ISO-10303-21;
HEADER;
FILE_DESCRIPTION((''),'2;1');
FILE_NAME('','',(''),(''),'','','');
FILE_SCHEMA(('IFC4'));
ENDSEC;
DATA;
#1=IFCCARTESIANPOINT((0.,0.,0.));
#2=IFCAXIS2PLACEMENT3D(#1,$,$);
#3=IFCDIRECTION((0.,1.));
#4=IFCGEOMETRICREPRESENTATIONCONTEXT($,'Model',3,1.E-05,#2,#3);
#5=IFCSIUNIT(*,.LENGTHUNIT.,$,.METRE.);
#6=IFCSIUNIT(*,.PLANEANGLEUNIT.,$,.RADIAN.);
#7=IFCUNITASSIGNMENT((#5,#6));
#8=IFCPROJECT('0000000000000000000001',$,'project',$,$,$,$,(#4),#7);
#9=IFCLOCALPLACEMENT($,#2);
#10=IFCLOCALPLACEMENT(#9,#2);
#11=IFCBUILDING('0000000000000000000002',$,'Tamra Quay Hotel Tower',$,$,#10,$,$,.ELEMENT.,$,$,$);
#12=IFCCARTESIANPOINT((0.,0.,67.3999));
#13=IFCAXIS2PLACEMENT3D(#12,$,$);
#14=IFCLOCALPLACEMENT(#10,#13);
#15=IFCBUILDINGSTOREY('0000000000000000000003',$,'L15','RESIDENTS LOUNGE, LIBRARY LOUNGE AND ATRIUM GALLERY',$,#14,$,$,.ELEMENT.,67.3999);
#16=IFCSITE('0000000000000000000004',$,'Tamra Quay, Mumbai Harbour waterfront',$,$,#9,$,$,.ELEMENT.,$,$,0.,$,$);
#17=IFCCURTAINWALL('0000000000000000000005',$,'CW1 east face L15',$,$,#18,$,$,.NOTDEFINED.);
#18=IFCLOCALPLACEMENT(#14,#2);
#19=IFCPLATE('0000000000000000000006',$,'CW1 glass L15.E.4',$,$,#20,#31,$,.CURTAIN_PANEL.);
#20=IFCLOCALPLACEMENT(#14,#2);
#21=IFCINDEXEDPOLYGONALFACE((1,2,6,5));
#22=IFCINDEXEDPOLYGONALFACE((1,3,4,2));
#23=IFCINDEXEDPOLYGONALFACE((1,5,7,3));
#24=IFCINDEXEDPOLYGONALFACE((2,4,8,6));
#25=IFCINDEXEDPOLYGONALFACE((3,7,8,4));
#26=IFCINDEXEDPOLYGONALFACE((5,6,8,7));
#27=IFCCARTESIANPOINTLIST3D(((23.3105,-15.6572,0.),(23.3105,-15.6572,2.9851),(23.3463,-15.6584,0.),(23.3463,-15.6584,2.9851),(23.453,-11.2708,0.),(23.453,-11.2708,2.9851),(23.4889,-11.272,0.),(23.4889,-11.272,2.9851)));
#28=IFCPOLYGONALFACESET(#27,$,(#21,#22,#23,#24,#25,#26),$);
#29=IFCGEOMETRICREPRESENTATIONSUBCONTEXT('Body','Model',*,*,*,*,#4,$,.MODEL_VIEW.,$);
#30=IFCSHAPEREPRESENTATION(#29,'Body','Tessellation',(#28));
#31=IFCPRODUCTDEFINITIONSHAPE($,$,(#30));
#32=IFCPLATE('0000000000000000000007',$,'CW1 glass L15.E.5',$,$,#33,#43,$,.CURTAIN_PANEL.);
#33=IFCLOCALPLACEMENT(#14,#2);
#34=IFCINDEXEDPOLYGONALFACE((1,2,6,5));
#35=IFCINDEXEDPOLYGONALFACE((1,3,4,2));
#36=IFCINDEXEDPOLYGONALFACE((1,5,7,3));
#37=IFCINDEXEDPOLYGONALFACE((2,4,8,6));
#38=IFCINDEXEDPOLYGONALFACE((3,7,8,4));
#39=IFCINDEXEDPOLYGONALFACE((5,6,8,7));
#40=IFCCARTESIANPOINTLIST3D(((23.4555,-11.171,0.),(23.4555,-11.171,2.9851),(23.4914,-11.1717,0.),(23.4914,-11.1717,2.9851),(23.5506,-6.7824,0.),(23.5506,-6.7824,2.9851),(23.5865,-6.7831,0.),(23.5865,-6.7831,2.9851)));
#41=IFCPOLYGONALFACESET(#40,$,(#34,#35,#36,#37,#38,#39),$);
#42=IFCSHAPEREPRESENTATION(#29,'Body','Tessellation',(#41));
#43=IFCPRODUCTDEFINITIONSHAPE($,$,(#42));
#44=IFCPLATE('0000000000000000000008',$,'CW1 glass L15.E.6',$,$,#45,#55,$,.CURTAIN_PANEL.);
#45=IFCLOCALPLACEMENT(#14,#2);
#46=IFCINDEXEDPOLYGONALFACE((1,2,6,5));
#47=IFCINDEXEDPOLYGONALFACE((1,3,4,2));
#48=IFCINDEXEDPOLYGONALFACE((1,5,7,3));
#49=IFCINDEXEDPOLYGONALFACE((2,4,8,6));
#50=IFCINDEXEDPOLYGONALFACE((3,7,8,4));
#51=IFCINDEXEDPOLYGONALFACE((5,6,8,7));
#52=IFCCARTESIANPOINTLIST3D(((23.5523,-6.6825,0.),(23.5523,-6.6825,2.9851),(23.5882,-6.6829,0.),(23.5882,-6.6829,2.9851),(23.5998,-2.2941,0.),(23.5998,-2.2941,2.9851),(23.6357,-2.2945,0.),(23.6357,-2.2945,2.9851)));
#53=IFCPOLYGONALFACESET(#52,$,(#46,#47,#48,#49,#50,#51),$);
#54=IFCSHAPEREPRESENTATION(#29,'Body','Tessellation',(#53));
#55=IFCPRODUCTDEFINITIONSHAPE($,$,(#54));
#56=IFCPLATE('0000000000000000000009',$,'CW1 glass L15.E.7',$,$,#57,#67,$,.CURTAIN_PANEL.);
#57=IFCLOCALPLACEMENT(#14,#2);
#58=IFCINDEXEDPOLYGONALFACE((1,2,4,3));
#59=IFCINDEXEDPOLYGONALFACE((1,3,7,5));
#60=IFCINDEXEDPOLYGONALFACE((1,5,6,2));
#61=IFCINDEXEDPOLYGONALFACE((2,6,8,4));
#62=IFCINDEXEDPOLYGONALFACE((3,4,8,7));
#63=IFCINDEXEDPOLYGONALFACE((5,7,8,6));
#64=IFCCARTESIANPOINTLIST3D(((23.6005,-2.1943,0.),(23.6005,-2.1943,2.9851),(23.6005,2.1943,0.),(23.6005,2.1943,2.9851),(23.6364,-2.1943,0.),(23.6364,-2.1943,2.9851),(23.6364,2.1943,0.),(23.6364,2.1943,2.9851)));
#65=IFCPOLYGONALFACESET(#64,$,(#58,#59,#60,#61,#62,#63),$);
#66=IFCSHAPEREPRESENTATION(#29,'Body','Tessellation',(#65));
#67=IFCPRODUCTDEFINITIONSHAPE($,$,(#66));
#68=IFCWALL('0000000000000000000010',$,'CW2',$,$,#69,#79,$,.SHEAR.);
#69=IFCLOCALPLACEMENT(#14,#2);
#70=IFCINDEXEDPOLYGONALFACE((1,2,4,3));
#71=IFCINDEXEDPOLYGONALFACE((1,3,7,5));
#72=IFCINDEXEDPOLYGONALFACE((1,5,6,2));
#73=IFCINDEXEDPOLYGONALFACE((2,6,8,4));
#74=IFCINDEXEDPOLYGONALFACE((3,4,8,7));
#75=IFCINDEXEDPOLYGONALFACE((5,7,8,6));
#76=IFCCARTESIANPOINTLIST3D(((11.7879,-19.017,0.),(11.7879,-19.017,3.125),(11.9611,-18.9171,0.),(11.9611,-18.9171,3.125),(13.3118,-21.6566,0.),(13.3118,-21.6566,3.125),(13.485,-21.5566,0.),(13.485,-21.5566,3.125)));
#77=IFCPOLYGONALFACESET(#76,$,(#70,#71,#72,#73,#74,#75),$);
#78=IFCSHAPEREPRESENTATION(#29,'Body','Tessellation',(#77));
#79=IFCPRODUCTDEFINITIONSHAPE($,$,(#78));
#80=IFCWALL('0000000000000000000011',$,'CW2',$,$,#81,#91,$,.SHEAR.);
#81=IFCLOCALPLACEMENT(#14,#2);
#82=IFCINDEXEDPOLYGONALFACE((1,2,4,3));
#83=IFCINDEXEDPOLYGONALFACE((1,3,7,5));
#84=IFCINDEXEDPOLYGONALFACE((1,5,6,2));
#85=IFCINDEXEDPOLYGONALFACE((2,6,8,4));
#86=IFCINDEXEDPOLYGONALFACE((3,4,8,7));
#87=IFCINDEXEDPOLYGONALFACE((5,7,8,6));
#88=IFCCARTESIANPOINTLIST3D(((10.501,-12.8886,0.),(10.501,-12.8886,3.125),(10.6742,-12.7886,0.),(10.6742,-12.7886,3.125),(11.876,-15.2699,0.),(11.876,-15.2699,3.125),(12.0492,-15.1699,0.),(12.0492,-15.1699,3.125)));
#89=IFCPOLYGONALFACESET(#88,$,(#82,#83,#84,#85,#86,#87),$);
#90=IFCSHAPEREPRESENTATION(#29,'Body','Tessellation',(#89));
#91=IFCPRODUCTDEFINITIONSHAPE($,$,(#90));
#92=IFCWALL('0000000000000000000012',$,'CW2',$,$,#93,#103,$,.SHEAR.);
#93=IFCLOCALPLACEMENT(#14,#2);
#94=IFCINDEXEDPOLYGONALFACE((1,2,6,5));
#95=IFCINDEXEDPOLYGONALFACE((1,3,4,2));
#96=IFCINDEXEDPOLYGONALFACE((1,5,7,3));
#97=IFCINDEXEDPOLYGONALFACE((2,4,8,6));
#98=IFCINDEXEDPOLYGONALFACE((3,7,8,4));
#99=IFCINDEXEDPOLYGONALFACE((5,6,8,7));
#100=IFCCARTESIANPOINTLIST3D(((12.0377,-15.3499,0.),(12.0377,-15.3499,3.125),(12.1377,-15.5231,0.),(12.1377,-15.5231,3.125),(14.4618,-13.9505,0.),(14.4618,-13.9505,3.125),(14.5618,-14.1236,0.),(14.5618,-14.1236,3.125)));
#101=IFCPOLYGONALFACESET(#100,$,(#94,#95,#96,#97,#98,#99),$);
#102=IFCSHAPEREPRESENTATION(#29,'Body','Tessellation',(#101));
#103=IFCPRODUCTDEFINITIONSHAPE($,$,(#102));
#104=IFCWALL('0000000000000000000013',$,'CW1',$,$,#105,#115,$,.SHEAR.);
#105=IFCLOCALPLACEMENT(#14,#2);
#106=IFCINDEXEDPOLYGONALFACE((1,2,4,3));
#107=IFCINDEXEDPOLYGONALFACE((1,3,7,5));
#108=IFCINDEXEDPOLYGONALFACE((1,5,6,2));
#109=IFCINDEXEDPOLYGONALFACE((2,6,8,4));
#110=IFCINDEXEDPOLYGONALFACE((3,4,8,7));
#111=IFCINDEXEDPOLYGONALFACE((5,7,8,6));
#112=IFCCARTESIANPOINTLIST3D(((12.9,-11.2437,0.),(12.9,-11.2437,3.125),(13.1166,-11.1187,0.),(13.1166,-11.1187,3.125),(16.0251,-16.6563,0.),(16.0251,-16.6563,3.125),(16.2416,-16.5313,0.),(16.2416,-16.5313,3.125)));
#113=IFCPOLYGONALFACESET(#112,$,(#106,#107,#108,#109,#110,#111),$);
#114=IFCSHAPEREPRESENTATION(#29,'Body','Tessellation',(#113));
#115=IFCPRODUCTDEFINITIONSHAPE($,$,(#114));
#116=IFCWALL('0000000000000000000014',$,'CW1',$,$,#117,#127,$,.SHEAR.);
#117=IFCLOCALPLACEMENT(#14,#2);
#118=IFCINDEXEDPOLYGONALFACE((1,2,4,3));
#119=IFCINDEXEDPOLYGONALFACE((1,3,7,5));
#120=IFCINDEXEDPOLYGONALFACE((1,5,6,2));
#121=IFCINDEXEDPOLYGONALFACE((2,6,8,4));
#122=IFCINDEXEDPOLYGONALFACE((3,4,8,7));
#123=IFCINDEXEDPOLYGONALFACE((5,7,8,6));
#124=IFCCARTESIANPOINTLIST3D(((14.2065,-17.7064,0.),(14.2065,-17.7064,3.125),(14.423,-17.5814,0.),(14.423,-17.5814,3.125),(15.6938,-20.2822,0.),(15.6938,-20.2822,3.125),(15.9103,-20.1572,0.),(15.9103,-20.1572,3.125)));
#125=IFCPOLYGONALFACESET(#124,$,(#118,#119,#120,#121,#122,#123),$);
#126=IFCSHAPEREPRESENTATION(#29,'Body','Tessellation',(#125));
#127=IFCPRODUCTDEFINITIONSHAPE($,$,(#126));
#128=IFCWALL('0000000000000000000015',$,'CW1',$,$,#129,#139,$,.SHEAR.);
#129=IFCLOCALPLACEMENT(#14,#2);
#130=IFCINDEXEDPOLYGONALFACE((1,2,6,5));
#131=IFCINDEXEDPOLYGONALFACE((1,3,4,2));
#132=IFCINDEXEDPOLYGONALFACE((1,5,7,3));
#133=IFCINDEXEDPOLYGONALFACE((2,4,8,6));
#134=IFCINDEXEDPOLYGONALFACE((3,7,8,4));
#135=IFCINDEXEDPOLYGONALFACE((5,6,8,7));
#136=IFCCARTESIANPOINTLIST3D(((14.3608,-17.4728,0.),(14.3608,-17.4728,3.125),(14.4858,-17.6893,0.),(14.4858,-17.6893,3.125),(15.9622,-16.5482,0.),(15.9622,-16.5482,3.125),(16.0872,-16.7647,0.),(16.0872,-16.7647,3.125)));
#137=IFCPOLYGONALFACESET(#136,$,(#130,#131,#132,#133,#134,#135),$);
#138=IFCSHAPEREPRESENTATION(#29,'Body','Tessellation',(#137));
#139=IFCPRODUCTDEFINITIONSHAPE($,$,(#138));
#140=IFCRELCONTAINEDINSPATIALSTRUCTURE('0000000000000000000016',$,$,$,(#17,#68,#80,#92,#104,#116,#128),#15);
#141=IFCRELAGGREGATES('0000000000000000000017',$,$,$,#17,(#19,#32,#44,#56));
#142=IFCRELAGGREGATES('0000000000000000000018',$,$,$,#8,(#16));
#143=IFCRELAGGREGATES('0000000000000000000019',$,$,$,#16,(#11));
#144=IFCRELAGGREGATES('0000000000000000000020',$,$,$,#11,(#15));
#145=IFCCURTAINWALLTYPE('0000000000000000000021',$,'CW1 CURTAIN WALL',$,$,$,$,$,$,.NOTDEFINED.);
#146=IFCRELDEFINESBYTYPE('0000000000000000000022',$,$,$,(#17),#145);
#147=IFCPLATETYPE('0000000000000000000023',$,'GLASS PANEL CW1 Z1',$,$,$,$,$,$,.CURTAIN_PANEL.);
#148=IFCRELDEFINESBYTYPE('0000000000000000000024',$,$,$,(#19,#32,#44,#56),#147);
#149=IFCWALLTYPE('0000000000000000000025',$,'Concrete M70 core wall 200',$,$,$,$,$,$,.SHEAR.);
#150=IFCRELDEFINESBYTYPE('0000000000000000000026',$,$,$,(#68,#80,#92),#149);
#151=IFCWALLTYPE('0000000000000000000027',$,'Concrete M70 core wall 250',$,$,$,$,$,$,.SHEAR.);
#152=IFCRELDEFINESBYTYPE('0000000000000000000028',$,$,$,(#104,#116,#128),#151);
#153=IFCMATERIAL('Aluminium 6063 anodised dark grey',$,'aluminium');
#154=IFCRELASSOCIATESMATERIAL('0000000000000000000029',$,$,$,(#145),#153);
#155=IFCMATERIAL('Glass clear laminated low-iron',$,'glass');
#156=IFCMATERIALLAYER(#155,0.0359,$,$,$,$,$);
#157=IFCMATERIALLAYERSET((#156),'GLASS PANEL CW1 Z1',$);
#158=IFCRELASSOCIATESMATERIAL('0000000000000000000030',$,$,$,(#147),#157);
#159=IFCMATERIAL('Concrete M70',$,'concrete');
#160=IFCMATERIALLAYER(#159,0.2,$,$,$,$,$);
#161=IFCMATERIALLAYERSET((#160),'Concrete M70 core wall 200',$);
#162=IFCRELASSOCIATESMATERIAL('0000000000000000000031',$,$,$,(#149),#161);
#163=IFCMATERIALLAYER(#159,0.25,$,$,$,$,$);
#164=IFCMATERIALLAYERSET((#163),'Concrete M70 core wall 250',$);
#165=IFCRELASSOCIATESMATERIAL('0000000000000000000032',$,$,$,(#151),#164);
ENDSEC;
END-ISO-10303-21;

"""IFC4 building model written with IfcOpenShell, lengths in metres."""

from ifc_helpers import new_model, si_unit, direction, frame, frame_2d, origin, origin_2d, place, context, subcontext, project, spatial, rectangle, extrude, material, layer, layer_set, type_object, element, aggregate, save


model = new_model("IFC4")

# Units and contexts
model_context = context("Model", 3, precision=1e-05, world=origin(), true_north=direction((0.0, 1.0)))
body_context = subcontext(model_context, "Body", "Model", "MODEL_VIEW")
ifc_project = project(units=[si_unit("LENGTHUNIT", "METRE"), si_unit("PLANEANGLEUNIT", "RADIAN")], contexts=[model_context])

# Site, building, storey
site_placement = place(None, origin())
site = spatial("IfcSite", under=ifc_project, at=site_placement, Name="Tamra Quay, Mumbai Harbour waterfront", CompositionType="ELEMENT", RefElevation=0.0)
building_placement = place(site_placement, origin())
building = spatial("IfcBuilding", under=site, at=building_placement, Name="Tamra Quay Hotel Tower", CompositionType="ELEMENT")
storey_placement = place(building_placement, frame((0.0, 0.0, 67.3999)))
storey = spatial("IfcBuildingStorey", under=building, at=storey_placement, Name="L15", Description="RESIDENTS LOUNGE, LIBRARY LOUNGE AND ATRIUM GALLERY", CompositionType="ELEMENT", Elevation=67.3999)

# Shared definitions
ifc_material_1 = material(Name="Concrete M70", Category="concrete")

# Curtain wall
ifc_material_2 = material(Name="Aluminium 6063 anodised dark grey", Category="aluminium")
curtain_wall_type = type_object("IfcCurtainWallType", Name="CW1 CURTAIN WALL", PredefinedType="NOTDEFINED", material=ifc_material_2)
curtain_wall_placement = place(storey_placement, origin())
curtain_wall = element("IfcCurtainWall", 1, at=curtain_wall_placement, inside=storey, type_object=curtain_wall_type, Name="CW1 east face L15", PredefinedType="NOTDEFINED")

# Plates
ifc_material_3 = material(Name="Glass clear laminated low-iron", Category="glass")
ifc_layer_1 = layer(ifc_material_3, 0.0359)
ifc_layer_set_1 = layer_set([ifc_layer_1], Name="GLASS PANEL CW1 Z1")
plate_type = type_object("IfcPlateType", Name="GLASS PANEL CW1 Z1", PredefinedType="CURTAIN_PANEL", material=ifc_layer_set_1)
plate_1_placement = place(storey_placement, frame((23.3997, -13.4646, 0.0), z_axis=(0.0, 0.0, 1.0), x_axis=(0.032475, 0.999473, 0.0)))
plate_1 = element("IfcPlate", 2, at=plate_1_placement, type_object=plate_type, Name="CW1 glass L15.E.4", PredefinedType="CURTAIN_PANEL", context=body_context, shape_type="SweptSolid", body=[
    extrude(rectangle(XDim=4.3887, YDim=0.0359, at=origin_2d()), origin(), (0.0, 0.0, 1.0), 2.9851),
])
plate_2_placement = place(storey_placement, frame((23.521, -8.9771, 0.0), z_axis=(0.0, 0.0, 1.0), x_axis=(0.021658, 0.999765, 0.0)))
plate_2 = element("IfcPlate", 3, at=plate_2_placement, type_object=plate_type, Name="CW1 glass L15.E.5", PredefinedType="CURTAIN_PANEL", context=body_context, shape_type="SweptSolid", body=[
    extrude(rectangle(XDim=4.3896, YDim=0.0359, at=origin_2d()), origin(), (0.0, 0.0, 1.0), 2.9851),
])
plate_3_placement = place(storey_placement, frame((23.594, -4.4885, 0.0), z_axis=(0.0, 0.0, 1.0), x_axis=(0.010836, 0.999941, 0.0)))
plate_3 = element("IfcPlate", 4, at=plate_3_placement, type_object=plate_type, Name="CW1 glass L15.E.6", PredefinedType="CURTAIN_PANEL", context=body_context, shape_type="SweptSolid", body=[
    extrude(rectangle(XDim=4.3887, YDim=0.0359, at=origin_2d()), origin(), (0.0, 0.0, 1.0), 2.9851),
])
plate_4_placement = place(storey_placement, frame((23.6184, 0.0, 0.0), z_axis=(0.0, 0.0, 1.0), x_axis=(0.0, 1.0, 0.0)))
plate_4 = element("IfcPlate", 5, at=plate_4_placement, type_object=plate_type, Name="CW1 glass L15.E.7", PredefinedType="CURTAIN_PANEL", context=body_context, shape_type="SweptSolid", body=[
    extrude(rectangle(XDim=4.3887, YDim=0.0359, at=origin_2d()), origin(), (0.0, 0.0, 1.0), 2.9851),
])
aggregate(curtain_wall, [plate_1, plate_2, plate_3, plate_4])

# Walls
ifc_layer_2 = layer(ifc_material_1, 0.2)
ifc_layer_set_2 = layer_set([ifc_layer_2], Name="Concrete M70 core wall 200")
wall_type_1 = type_object("IfcWallType", Name="Concrete M70 core wall 200", PredefinedType="SHEAR", material=ifc_layer_set_2)
wall_1_placement = place(storey_placement, frame((11.8745, -18.967, 0.0), z_axis=(0.0, 0.0, 1.0), x_axis=(0.499981, -0.866036, 0.0)))
element("IfcWall", 6, at=wall_1_placement, inside=storey, type_object=wall_type_1, Name="CW2", PredefinedType="SHEAR", context=body_context, shape_type="SweptSolid", body=[
    extrude(rectangle(XDim=3.0479, YDim=0.2, at=frame_2d((1.5239, 0.0))), origin(), (0.0, 0.0, 1.0), 3.125),
])
wall_2_placement = place(storey_placement, frame((11.9626, -15.22, 0.0), z_axis=(0.0, 0.0, 1.0), x_axis=(-0.500035, 0.866005, 0.0)))
element("IfcWall", 7, at=wall_2_placement, inside=storey, type_object=wall_type_1, Name="CW2", PredefinedType="SHEAR", context=body_context, shape_type="SweptSolid", body=[
    extrude(rectangle(XDim=2.7498, YDim=0.2, at=frame_2d((1.375, 0.0))), origin(), (0.0, 0.0, 1.0), 3.125),
])
wall_3_placement = place(storey_placement, frame((14.5117, -14.0371, 0.0), z_axis=(0.0, 0.0, 1.0), x_axis=(-0.866045, -0.499967, 0.0)))
element("IfcWall", 8, at=wall_3_placement, inside=storey, type_object=wall_type_1, Name="CW2", PredefinedType="SHEAR", context=body_context, shape_type="SweptSolid", body=[
    extrude(rectangle(XDim=2.7991, YDim=0.2, at=frame_2d((1.3994, 0.0))), origin(), (0.0, 0.0, 1.0), 3.125),
])
ifc_layer_3 = layer(ifc_material_1, 0.25)
ifc_layer_set_3 = layer_set([ifc_layer_3], Name="Concrete M70 core wall 250")
wall_type_2 = type_object("IfcWallType", Name="Concrete M70 core wall 250", PredefinedType="SHEAR", material=ifc_layer_set_3)
wall_4_placement = place(storey_placement, frame((13.0083, -11.1812, 0.0), z_axis=(0.0, 0.0, 1.0), x_axis=(0.500004, -0.866023, 0.0)))
element("IfcWall", 9, at=wall_4_placement, inside=storey, type_object=wall_type_2, Name="CW1", PredefinedType="SHEAR", context=body_context, shape_type="SweptSolid", body=[
    extrude(rectangle(XDim=6.25, YDim=0.25, at=frame_2d((3.125, 0.0))), origin(), (0.0, 0.0, 1.0), 3.125),
])
wall_5_placement = place(storey_placement, frame((14.3147, -17.6438, 0.0), z_axis=(0.0, 0.0, 1.0), x_axis=(0.500023, -0.866012, 0.0)))
element("IfcWall", 10, at=wall_5_placement, inside=storey, type_object=wall_type_2, Name="CW1", PredefinedType="SHEAR", context=body_context, shape_type="SweptSolid", body=[
    extrude(rectangle(XDim=2.9744, YDim=0.25, at=frame_2d((1.4873, 0.0))), origin(), (0.0, 0.0, 1.0), 3.125),
])
wall_6_placement = place(storey_placement, frame((16.0247, -16.6565, 0.0), z_axis=(0.0, 0.0, 1.0), x_axis=(-0.866016, -0.500016, 0.0)))
element("IfcWall", 11, at=wall_6_placement, inside=storey, type_object=wall_type_2, Name="CW1", PredefinedType="SHEAR", context=body_context, shape_type="SweptSolid", body=[
    extrude(rectangle(XDim=1.8491, YDim=0.25, at=frame_2d((0.9246, 0.0))), origin(), (0.0, 0.0, 1.0), 3.125),
])

save(model, "model.ifc")
